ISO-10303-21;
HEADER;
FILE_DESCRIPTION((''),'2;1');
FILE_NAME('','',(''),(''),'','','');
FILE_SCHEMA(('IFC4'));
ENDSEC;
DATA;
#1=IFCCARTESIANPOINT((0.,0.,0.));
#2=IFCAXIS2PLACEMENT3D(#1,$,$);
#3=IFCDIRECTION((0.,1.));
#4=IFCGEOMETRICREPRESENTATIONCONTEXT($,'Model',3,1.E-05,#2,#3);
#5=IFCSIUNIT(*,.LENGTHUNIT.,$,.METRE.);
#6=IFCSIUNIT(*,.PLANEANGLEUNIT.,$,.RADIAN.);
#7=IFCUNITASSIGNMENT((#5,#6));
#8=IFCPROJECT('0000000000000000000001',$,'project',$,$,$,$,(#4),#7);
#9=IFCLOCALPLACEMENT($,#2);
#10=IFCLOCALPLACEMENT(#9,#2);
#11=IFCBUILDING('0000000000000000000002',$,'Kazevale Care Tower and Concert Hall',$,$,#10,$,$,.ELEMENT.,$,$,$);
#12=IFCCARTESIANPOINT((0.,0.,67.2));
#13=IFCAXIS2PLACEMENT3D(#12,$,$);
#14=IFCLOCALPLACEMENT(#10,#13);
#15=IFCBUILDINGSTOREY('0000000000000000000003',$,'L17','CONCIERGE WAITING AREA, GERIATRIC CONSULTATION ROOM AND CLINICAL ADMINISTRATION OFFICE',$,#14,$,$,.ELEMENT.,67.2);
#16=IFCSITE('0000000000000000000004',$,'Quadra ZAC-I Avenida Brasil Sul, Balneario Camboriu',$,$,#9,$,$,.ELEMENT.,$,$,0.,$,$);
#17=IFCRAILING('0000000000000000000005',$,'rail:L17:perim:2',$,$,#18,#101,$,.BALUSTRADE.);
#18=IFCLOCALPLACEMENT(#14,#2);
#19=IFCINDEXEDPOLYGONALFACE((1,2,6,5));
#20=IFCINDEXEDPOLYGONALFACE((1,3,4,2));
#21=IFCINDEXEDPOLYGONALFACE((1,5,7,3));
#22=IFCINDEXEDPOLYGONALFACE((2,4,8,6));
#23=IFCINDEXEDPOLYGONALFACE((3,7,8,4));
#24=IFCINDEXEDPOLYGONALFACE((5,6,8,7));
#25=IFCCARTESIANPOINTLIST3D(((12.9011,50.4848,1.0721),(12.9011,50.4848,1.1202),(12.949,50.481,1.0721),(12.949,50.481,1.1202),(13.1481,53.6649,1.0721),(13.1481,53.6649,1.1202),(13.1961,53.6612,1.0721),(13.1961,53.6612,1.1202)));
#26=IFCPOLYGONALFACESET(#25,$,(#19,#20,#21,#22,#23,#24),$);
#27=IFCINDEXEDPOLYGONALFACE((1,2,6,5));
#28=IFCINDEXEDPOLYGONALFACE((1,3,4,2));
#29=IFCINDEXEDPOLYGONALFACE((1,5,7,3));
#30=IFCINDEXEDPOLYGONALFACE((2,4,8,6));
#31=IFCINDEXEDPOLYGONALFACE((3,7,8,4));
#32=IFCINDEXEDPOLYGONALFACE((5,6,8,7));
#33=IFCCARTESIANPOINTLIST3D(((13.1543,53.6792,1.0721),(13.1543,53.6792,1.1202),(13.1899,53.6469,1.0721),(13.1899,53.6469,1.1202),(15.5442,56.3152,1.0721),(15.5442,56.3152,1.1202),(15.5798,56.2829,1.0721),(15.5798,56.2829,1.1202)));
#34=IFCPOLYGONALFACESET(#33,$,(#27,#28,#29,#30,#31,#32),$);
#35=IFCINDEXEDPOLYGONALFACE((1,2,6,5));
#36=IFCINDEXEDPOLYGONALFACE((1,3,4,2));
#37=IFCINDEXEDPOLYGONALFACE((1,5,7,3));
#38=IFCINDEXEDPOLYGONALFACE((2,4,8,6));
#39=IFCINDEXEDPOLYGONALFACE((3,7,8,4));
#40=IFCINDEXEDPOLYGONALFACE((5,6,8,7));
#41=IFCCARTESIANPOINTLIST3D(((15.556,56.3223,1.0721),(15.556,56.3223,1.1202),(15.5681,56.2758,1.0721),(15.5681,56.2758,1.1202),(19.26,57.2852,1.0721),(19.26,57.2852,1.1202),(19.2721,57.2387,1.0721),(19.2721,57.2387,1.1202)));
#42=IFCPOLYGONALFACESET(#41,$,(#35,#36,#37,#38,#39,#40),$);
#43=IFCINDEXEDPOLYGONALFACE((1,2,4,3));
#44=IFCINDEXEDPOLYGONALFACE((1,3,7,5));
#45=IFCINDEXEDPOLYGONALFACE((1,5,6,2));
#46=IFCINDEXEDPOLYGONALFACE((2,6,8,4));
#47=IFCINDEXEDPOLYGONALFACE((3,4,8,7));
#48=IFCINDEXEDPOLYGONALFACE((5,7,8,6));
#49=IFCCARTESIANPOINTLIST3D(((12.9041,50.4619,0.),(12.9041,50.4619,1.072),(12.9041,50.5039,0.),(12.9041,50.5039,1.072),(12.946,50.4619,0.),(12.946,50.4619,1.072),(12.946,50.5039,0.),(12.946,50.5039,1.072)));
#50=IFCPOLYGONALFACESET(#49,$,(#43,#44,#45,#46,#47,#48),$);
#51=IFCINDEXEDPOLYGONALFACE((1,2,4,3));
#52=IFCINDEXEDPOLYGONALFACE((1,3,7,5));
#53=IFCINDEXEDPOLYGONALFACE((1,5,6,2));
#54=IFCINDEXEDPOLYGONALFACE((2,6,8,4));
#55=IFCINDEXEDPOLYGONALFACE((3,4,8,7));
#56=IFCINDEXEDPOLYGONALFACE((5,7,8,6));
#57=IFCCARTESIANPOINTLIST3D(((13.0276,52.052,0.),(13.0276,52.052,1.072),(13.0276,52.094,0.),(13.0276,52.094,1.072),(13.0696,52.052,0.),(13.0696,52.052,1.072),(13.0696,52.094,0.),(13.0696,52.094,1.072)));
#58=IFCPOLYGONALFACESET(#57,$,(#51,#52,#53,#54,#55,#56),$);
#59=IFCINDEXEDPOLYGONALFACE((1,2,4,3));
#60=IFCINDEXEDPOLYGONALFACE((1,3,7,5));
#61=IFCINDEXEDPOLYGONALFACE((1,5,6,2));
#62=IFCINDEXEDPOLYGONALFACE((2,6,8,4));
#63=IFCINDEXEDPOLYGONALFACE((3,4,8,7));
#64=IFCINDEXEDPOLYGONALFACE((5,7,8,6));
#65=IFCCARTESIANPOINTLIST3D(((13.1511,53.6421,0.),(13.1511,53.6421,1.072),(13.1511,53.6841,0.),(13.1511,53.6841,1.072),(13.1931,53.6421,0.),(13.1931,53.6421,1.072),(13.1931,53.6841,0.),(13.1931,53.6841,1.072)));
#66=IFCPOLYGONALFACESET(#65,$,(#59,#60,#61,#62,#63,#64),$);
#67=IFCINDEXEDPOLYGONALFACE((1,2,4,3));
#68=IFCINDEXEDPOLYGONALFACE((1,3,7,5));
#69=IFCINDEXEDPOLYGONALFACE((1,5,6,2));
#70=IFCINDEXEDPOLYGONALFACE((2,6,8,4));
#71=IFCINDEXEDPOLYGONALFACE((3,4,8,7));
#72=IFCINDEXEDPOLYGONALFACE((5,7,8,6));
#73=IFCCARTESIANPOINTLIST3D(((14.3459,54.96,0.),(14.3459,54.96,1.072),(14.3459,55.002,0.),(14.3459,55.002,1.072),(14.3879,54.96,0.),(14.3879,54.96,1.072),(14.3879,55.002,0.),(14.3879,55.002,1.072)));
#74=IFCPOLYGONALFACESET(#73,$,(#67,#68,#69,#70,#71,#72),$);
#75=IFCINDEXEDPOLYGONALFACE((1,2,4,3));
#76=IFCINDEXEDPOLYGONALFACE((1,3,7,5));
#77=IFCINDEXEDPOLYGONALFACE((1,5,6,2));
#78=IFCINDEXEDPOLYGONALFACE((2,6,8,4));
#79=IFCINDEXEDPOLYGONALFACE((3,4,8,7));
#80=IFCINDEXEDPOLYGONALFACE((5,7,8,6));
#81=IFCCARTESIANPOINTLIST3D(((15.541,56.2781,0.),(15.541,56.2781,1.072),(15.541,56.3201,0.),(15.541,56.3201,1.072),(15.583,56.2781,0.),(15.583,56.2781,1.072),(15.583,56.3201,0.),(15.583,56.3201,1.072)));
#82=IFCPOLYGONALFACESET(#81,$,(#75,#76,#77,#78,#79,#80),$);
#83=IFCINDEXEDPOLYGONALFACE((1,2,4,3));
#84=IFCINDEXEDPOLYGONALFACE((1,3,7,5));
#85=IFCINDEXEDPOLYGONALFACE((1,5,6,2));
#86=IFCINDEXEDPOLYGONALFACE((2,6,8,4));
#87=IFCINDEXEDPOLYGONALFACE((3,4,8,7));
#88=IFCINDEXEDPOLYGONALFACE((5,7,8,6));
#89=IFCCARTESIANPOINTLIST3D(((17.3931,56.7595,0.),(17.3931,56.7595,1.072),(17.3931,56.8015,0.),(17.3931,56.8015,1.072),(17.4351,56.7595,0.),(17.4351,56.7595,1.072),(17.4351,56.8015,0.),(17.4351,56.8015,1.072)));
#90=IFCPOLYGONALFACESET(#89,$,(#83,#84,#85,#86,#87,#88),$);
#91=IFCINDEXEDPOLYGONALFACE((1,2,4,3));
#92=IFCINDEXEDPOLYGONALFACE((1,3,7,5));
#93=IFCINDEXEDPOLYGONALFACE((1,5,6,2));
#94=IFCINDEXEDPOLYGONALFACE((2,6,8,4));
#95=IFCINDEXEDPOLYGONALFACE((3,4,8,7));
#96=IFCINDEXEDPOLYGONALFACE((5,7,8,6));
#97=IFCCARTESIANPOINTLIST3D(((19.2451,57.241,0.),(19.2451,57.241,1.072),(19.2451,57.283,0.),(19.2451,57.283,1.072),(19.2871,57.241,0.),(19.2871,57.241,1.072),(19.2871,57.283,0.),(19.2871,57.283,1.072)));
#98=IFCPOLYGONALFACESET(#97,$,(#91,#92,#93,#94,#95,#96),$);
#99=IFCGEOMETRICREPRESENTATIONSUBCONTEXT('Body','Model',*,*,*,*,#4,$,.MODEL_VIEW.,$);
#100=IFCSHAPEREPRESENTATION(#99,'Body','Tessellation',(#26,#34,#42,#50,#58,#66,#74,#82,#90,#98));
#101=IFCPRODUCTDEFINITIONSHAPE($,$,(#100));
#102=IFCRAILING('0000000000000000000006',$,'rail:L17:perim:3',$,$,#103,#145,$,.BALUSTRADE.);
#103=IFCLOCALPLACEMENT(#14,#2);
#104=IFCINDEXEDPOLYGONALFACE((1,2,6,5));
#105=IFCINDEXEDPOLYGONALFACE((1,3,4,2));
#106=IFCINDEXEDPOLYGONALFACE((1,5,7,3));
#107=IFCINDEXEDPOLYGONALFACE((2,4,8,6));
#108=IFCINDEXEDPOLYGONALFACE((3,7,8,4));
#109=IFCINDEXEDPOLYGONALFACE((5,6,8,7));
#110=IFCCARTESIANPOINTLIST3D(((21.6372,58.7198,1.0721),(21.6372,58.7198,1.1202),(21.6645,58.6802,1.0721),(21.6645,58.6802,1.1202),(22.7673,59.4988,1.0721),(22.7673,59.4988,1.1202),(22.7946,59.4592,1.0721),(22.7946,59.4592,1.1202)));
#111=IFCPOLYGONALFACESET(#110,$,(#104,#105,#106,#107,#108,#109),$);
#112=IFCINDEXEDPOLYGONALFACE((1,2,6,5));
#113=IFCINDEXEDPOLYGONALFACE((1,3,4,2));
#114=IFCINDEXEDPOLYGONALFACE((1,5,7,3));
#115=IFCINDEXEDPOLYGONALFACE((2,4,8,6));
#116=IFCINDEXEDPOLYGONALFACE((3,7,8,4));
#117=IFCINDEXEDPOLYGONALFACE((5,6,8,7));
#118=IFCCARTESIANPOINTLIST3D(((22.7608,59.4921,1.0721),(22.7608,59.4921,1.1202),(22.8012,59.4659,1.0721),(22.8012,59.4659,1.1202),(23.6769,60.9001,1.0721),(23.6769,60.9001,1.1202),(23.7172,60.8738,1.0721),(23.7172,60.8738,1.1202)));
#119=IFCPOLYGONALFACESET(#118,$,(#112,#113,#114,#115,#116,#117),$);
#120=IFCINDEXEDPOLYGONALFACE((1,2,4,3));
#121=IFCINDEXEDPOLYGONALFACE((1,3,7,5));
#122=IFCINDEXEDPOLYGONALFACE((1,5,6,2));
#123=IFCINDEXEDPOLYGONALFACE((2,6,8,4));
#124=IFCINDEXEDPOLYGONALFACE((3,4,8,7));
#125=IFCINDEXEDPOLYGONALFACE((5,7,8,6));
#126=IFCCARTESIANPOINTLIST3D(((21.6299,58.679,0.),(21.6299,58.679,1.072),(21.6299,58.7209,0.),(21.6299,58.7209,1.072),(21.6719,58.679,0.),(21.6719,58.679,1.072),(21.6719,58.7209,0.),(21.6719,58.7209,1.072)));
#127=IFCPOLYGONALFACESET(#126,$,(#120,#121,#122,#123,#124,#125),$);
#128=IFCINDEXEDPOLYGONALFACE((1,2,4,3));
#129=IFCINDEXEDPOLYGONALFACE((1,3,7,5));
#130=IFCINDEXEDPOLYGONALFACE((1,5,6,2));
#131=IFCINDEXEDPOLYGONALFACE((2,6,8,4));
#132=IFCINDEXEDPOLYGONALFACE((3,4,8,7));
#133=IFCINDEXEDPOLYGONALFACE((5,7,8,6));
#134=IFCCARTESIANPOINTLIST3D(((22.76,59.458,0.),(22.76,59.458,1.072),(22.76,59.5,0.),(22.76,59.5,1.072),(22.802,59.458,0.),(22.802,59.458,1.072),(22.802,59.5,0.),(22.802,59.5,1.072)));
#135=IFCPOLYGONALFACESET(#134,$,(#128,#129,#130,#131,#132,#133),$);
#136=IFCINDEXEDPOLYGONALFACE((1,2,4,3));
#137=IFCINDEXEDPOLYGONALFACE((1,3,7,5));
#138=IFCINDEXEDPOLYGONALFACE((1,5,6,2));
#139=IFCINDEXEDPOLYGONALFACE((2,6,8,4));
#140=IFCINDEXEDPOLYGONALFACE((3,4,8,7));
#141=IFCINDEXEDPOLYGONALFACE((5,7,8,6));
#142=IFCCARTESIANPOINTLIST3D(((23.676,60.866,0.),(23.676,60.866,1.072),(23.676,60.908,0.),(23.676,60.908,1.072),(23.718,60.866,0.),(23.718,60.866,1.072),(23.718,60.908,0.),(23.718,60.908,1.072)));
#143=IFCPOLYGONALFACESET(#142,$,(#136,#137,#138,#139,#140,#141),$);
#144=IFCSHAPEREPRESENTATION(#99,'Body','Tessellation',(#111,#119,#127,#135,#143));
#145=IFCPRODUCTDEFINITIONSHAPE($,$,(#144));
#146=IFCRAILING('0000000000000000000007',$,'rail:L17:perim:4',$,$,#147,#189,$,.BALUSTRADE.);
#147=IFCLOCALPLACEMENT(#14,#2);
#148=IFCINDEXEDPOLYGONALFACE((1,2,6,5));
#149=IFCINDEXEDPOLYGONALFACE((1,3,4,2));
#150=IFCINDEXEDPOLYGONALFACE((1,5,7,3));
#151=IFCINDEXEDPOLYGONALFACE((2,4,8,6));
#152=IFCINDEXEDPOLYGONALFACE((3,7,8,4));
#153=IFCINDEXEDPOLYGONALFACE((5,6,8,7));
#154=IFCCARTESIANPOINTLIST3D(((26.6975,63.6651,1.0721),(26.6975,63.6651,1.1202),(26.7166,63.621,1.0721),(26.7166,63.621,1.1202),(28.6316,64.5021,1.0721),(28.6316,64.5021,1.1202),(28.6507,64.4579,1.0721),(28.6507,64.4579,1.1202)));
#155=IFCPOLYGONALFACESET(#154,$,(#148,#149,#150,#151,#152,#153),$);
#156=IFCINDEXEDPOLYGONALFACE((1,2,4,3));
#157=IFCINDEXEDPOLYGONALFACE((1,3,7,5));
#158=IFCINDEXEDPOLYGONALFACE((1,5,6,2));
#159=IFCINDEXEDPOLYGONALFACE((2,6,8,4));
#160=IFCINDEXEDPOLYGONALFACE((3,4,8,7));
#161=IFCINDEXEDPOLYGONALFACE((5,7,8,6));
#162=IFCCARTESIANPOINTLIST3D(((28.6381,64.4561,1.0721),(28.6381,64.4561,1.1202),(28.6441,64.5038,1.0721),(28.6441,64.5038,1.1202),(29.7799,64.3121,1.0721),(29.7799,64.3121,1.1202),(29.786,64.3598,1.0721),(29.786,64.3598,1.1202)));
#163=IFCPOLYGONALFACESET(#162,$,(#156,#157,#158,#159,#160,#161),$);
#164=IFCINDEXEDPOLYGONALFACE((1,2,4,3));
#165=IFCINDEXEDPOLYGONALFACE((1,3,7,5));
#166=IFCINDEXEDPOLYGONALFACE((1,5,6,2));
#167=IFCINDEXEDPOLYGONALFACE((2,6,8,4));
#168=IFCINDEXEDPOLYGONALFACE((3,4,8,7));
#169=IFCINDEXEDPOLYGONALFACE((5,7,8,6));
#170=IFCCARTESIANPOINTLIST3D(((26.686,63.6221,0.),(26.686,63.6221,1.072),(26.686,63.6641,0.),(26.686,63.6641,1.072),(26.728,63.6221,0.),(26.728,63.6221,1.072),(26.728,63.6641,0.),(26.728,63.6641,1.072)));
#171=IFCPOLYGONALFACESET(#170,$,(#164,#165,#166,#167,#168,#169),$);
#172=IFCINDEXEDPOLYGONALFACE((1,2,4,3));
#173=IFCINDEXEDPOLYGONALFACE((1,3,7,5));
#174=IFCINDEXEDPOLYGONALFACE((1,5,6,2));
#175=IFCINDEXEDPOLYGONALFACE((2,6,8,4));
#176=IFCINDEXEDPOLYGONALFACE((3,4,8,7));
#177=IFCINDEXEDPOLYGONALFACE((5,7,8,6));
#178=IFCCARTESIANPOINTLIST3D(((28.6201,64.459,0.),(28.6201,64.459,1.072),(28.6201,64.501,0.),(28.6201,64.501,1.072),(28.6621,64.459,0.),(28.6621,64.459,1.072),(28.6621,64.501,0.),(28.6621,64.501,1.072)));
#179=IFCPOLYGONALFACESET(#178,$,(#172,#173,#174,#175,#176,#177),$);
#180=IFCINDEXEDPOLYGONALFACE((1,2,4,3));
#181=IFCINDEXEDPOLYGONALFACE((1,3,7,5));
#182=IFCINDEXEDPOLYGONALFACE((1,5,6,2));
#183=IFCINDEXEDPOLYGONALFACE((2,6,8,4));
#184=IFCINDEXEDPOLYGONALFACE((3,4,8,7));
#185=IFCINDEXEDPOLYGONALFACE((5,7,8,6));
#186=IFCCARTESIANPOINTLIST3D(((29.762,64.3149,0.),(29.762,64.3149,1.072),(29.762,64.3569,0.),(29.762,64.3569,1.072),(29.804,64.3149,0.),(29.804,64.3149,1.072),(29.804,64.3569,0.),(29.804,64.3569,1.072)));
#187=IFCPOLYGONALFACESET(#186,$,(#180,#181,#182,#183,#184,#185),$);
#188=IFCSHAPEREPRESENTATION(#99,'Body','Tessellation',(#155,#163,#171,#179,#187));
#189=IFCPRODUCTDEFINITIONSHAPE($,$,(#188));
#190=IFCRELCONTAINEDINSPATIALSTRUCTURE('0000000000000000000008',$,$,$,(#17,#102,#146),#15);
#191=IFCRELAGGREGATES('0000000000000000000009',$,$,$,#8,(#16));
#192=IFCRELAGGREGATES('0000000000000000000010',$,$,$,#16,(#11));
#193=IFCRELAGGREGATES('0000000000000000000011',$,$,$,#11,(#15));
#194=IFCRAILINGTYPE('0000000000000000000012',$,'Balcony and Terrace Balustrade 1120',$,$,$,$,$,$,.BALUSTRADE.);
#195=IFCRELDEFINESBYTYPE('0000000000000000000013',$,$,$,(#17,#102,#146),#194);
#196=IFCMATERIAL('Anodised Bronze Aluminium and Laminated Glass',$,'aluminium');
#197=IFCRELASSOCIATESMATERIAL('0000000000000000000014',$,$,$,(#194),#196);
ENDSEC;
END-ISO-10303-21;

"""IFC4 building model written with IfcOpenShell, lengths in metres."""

from ifc_helpers import new_model, si_unit, direction, frame, origin, origin_2d, place, context, subcontext, project, spatial, rectangle, extrude, material, type_object, element, save


model = new_model("IFC4")

# Units and contexts
model_context = context("Model", 3, precision=1e-05, world=origin(), true_north=direction((0.0, 1.0)))
body_context = subcontext(model_context, "Body", "Model", "MODEL_VIEW")
ifc_project = project(units=[si_unit("LENGTHUNIT", "METRE"), si_unit("PLANEANGLEUNIT", "RADIAN")], contexts=[model_context])

# Site, building, storey
site_placement = place(None, origin())
site = spatial("IfcSite", under=ifc_project, at=site_placement, Name="Quadra ZAC-I Avenida Brasil Sul, Balneario Camboriu", CompositionType="ELEMENT", RefElevation=0.0)
building_placement = place(site_placement, origin())
building = spatial("IfcBuilding", under=site, at=building_placement, Name="Kazevale Care Tower and Concert Hall", CompositionType="ELEMENT")
storey_placement = place(building_placement, frame((0.0, 0.0, 67.2)))
storey = spatial("IfcBuildingStorey", under=building, at=storey_placement, Name="L17", Description="CONCIERGE WAITING AREA, GERIATRIC CONSULTATION ROOM AND CLINICAL ADMINISTRATION OFFICE", CompositionType="ELEMENT", Elevation=67.2)

# Railings
ifc_material_1 = material(Name="Anodised Bronze Aluminium and Laminated Glass", Category="aluminium")
railing_type = type_object("IfcRailingType", Name="Balcony and Terrace Balustrade 1120", PredefinedType="BALUSTRADE", material=ifc_material_1)
railing_1_placement = place(storey_placement, frame((12.925, 50.4829, 0.0)))
element("IfcRailing", 1, at=railing_1_placement, inside=storey, type_object=railing_type, Name="rail:L17:perim:2", PredefinedType="BALUSTRADE", context=body_context, shape_type="SweptSolid", body=[
    extrude(rectangle(XDim=0.0481, YDim=0.0481, at=origin_2d()), frame((0.0, 0.0, 1.0962), z_axis=(0.077457, 0.996996, 0.0), x_axis=(-0.996996, 0.077457, 0.0)), (0.0, 0.0, 1.0), 3.1897),
    extrude(rectangle(XDim=0.0481, YDim=0.0481, at=origin_2d()), frame((0.2471, 3.1802, 1.0962), z_axis=(0.671678, 0.740843, 0.0), x_axis=(-0.740843, 0.671678, 0.0)), (0.0, 0.0, 1.0), 3.5581),
    extrude(rectangle(XDim=0.0481, YDim=0.0481, at=origin_2d()), frame((2.637, 5.8162, 1.0962), z_axis=(0.967834, 0.251591, 0.0), x_axis=(-0.251591, 0.967834, 0.0)), (0.0, 0.0, 1.0), 3.8271),
    extrude(rectangle(XDim=0.042, YDim=0.042, at=origin_2d()), origin(), (0.0, 0.0, 1.0), 1.072),
    extrude(rectangle(XDim=0.042, YDim=0.042, at=origin_2d()), frame((0.1235, 1.5901, 0.0)), (0.0, 0.0, 1.0), 1.072),
    extrude(rectangle(XDim=0.042, YDim=0.042, at=origin_2d()), frame((0.2471, 3.1802, 0.0)), (0.0, 0.0, 1.0), 1.072),
    extrude(rectangle(XDim=0.042, YDim=0.042, at=origin_2d()), frame((1.4419, 4.498, 0.0)), (0.0, 0.0, 1.0), 1.072),
    extrude(rectangle(XDim=0.042, YDim=0.042, at=origin_2d()), frame((2.637, 5.8162, 0.0)), (0.0, 0.0, 1.0), 1.072),
    extrude(rectangle(XDim=0.042, YDim=0.042, at=origin_2d()), frame((4.489, 6.2976, 0.0)), (0.0, 0.0, 1.0), 1.072),
    extrude(rectangle(XDim=0.042, YDim=0.042, at=origin_2d()), frame((6.3411, 6.7791, 0.0)), (0.0, 0.0, 1.0), 1.072),
])
railing_2_placement = place(storey_placement, frame((21.6509, 58.7, 0.0)))
element("IfcRailing", 2, at=railing_2_placement, inside=storey, type_object=railing_type, Name="rail:L17:perim:3", PredefinedType="BALUSTRADE", context=body_context, shape_type="SweptSolid", body=[
    extrude(rectangle(XDim=0.0481, YDim=0.0481, at=origin_2d()), frame((0.0, 0.0, 1.0962), z_axis=(0.82333, 0.567563, 0.0), x_axis=(-0.567563, 0.82333, 0.0)), (0.0, 0.0, 1.0), 1.3726),
    extrude(rectangle(XDim=0.0481, YDim=0.0481, at=origin_2d()), frame((1.1301, 0.7791, 1.0962), z_axis=(0.545341, 0.838214, 0.0), x_axis=(-0.838214, 0.545341, 0.0)), (0.0, 0.0, 1.0), 1.6797),
    extrude(rectangle(XDim=0.042, YDim=0.042, at=origin_2d()), origin(), (0.0, 0.0, 1.0), 1.072),
    extrude(rectangle(XDim=0.042, YDim=0.042, at=origin_2d()), frame((1.1301, 0.7791, 0.0)), (0.0, 0.0, 1.0), 1.072),
    extrude(rectangle(XDim=0.042, YDim=0.042, at=origin_2d()), frame((2.0461, 2.187, 0.0)), (0.0, 0.0, 1.0), 1.072),
])
railing_3_placement = place(storey_placement, frame((26.707, 63.6431, 0.0)))
element("IfcRailing", 3, at=railing_3_placement, inside=storey, type_object=railing_type, Name="rail:L17:perim:4", PredefinedType="BALUSTRADE", context=body_context, shape_type="SweptSolid", body=[
    extrude(rectangle(XDim=0.0481, YDim=0.0481, at=origin_2d()), frame((0.0, 0.0, 1.0962), z_axis=(0.917761, 0.397133, 0.0), x_axis=(-0.397133, 0.917761, 0.0)), (0.0, 0.0, 1.0), 2.1074),
    extrude(rectangle(XDim=0.0481, YDim=0.0481, at=origin_2d()), frame((1.9341, 0.8369, 1.0962), z_axis=(0.992137, -0.125157, 0.0), x_axis=(0.125157, 0.992137, 0.0)), (0.0, 0.0, 1.0), 1.1509),
    extrude(rectangle(XDim=0.042, YDim=0.042, at=origin_2d()), origin(), (0.0, 0.0, 1.0), 1.072),
    extrude(rectangle(XDim=0.042, YDim=0.042, at=origin_2d()), frame((1.9341, 0.8369, 0.0)), (0.0, 0.0, 1.0), 1.072),
    extrude(rectangle(XDim=0.042, YDim=0.042, at=origin_2d()), frame((3.0759, 0.6929, 0.0)), (0.0, 0.0, 1.0), 1.072),
])

save(model, "model.ifc")
